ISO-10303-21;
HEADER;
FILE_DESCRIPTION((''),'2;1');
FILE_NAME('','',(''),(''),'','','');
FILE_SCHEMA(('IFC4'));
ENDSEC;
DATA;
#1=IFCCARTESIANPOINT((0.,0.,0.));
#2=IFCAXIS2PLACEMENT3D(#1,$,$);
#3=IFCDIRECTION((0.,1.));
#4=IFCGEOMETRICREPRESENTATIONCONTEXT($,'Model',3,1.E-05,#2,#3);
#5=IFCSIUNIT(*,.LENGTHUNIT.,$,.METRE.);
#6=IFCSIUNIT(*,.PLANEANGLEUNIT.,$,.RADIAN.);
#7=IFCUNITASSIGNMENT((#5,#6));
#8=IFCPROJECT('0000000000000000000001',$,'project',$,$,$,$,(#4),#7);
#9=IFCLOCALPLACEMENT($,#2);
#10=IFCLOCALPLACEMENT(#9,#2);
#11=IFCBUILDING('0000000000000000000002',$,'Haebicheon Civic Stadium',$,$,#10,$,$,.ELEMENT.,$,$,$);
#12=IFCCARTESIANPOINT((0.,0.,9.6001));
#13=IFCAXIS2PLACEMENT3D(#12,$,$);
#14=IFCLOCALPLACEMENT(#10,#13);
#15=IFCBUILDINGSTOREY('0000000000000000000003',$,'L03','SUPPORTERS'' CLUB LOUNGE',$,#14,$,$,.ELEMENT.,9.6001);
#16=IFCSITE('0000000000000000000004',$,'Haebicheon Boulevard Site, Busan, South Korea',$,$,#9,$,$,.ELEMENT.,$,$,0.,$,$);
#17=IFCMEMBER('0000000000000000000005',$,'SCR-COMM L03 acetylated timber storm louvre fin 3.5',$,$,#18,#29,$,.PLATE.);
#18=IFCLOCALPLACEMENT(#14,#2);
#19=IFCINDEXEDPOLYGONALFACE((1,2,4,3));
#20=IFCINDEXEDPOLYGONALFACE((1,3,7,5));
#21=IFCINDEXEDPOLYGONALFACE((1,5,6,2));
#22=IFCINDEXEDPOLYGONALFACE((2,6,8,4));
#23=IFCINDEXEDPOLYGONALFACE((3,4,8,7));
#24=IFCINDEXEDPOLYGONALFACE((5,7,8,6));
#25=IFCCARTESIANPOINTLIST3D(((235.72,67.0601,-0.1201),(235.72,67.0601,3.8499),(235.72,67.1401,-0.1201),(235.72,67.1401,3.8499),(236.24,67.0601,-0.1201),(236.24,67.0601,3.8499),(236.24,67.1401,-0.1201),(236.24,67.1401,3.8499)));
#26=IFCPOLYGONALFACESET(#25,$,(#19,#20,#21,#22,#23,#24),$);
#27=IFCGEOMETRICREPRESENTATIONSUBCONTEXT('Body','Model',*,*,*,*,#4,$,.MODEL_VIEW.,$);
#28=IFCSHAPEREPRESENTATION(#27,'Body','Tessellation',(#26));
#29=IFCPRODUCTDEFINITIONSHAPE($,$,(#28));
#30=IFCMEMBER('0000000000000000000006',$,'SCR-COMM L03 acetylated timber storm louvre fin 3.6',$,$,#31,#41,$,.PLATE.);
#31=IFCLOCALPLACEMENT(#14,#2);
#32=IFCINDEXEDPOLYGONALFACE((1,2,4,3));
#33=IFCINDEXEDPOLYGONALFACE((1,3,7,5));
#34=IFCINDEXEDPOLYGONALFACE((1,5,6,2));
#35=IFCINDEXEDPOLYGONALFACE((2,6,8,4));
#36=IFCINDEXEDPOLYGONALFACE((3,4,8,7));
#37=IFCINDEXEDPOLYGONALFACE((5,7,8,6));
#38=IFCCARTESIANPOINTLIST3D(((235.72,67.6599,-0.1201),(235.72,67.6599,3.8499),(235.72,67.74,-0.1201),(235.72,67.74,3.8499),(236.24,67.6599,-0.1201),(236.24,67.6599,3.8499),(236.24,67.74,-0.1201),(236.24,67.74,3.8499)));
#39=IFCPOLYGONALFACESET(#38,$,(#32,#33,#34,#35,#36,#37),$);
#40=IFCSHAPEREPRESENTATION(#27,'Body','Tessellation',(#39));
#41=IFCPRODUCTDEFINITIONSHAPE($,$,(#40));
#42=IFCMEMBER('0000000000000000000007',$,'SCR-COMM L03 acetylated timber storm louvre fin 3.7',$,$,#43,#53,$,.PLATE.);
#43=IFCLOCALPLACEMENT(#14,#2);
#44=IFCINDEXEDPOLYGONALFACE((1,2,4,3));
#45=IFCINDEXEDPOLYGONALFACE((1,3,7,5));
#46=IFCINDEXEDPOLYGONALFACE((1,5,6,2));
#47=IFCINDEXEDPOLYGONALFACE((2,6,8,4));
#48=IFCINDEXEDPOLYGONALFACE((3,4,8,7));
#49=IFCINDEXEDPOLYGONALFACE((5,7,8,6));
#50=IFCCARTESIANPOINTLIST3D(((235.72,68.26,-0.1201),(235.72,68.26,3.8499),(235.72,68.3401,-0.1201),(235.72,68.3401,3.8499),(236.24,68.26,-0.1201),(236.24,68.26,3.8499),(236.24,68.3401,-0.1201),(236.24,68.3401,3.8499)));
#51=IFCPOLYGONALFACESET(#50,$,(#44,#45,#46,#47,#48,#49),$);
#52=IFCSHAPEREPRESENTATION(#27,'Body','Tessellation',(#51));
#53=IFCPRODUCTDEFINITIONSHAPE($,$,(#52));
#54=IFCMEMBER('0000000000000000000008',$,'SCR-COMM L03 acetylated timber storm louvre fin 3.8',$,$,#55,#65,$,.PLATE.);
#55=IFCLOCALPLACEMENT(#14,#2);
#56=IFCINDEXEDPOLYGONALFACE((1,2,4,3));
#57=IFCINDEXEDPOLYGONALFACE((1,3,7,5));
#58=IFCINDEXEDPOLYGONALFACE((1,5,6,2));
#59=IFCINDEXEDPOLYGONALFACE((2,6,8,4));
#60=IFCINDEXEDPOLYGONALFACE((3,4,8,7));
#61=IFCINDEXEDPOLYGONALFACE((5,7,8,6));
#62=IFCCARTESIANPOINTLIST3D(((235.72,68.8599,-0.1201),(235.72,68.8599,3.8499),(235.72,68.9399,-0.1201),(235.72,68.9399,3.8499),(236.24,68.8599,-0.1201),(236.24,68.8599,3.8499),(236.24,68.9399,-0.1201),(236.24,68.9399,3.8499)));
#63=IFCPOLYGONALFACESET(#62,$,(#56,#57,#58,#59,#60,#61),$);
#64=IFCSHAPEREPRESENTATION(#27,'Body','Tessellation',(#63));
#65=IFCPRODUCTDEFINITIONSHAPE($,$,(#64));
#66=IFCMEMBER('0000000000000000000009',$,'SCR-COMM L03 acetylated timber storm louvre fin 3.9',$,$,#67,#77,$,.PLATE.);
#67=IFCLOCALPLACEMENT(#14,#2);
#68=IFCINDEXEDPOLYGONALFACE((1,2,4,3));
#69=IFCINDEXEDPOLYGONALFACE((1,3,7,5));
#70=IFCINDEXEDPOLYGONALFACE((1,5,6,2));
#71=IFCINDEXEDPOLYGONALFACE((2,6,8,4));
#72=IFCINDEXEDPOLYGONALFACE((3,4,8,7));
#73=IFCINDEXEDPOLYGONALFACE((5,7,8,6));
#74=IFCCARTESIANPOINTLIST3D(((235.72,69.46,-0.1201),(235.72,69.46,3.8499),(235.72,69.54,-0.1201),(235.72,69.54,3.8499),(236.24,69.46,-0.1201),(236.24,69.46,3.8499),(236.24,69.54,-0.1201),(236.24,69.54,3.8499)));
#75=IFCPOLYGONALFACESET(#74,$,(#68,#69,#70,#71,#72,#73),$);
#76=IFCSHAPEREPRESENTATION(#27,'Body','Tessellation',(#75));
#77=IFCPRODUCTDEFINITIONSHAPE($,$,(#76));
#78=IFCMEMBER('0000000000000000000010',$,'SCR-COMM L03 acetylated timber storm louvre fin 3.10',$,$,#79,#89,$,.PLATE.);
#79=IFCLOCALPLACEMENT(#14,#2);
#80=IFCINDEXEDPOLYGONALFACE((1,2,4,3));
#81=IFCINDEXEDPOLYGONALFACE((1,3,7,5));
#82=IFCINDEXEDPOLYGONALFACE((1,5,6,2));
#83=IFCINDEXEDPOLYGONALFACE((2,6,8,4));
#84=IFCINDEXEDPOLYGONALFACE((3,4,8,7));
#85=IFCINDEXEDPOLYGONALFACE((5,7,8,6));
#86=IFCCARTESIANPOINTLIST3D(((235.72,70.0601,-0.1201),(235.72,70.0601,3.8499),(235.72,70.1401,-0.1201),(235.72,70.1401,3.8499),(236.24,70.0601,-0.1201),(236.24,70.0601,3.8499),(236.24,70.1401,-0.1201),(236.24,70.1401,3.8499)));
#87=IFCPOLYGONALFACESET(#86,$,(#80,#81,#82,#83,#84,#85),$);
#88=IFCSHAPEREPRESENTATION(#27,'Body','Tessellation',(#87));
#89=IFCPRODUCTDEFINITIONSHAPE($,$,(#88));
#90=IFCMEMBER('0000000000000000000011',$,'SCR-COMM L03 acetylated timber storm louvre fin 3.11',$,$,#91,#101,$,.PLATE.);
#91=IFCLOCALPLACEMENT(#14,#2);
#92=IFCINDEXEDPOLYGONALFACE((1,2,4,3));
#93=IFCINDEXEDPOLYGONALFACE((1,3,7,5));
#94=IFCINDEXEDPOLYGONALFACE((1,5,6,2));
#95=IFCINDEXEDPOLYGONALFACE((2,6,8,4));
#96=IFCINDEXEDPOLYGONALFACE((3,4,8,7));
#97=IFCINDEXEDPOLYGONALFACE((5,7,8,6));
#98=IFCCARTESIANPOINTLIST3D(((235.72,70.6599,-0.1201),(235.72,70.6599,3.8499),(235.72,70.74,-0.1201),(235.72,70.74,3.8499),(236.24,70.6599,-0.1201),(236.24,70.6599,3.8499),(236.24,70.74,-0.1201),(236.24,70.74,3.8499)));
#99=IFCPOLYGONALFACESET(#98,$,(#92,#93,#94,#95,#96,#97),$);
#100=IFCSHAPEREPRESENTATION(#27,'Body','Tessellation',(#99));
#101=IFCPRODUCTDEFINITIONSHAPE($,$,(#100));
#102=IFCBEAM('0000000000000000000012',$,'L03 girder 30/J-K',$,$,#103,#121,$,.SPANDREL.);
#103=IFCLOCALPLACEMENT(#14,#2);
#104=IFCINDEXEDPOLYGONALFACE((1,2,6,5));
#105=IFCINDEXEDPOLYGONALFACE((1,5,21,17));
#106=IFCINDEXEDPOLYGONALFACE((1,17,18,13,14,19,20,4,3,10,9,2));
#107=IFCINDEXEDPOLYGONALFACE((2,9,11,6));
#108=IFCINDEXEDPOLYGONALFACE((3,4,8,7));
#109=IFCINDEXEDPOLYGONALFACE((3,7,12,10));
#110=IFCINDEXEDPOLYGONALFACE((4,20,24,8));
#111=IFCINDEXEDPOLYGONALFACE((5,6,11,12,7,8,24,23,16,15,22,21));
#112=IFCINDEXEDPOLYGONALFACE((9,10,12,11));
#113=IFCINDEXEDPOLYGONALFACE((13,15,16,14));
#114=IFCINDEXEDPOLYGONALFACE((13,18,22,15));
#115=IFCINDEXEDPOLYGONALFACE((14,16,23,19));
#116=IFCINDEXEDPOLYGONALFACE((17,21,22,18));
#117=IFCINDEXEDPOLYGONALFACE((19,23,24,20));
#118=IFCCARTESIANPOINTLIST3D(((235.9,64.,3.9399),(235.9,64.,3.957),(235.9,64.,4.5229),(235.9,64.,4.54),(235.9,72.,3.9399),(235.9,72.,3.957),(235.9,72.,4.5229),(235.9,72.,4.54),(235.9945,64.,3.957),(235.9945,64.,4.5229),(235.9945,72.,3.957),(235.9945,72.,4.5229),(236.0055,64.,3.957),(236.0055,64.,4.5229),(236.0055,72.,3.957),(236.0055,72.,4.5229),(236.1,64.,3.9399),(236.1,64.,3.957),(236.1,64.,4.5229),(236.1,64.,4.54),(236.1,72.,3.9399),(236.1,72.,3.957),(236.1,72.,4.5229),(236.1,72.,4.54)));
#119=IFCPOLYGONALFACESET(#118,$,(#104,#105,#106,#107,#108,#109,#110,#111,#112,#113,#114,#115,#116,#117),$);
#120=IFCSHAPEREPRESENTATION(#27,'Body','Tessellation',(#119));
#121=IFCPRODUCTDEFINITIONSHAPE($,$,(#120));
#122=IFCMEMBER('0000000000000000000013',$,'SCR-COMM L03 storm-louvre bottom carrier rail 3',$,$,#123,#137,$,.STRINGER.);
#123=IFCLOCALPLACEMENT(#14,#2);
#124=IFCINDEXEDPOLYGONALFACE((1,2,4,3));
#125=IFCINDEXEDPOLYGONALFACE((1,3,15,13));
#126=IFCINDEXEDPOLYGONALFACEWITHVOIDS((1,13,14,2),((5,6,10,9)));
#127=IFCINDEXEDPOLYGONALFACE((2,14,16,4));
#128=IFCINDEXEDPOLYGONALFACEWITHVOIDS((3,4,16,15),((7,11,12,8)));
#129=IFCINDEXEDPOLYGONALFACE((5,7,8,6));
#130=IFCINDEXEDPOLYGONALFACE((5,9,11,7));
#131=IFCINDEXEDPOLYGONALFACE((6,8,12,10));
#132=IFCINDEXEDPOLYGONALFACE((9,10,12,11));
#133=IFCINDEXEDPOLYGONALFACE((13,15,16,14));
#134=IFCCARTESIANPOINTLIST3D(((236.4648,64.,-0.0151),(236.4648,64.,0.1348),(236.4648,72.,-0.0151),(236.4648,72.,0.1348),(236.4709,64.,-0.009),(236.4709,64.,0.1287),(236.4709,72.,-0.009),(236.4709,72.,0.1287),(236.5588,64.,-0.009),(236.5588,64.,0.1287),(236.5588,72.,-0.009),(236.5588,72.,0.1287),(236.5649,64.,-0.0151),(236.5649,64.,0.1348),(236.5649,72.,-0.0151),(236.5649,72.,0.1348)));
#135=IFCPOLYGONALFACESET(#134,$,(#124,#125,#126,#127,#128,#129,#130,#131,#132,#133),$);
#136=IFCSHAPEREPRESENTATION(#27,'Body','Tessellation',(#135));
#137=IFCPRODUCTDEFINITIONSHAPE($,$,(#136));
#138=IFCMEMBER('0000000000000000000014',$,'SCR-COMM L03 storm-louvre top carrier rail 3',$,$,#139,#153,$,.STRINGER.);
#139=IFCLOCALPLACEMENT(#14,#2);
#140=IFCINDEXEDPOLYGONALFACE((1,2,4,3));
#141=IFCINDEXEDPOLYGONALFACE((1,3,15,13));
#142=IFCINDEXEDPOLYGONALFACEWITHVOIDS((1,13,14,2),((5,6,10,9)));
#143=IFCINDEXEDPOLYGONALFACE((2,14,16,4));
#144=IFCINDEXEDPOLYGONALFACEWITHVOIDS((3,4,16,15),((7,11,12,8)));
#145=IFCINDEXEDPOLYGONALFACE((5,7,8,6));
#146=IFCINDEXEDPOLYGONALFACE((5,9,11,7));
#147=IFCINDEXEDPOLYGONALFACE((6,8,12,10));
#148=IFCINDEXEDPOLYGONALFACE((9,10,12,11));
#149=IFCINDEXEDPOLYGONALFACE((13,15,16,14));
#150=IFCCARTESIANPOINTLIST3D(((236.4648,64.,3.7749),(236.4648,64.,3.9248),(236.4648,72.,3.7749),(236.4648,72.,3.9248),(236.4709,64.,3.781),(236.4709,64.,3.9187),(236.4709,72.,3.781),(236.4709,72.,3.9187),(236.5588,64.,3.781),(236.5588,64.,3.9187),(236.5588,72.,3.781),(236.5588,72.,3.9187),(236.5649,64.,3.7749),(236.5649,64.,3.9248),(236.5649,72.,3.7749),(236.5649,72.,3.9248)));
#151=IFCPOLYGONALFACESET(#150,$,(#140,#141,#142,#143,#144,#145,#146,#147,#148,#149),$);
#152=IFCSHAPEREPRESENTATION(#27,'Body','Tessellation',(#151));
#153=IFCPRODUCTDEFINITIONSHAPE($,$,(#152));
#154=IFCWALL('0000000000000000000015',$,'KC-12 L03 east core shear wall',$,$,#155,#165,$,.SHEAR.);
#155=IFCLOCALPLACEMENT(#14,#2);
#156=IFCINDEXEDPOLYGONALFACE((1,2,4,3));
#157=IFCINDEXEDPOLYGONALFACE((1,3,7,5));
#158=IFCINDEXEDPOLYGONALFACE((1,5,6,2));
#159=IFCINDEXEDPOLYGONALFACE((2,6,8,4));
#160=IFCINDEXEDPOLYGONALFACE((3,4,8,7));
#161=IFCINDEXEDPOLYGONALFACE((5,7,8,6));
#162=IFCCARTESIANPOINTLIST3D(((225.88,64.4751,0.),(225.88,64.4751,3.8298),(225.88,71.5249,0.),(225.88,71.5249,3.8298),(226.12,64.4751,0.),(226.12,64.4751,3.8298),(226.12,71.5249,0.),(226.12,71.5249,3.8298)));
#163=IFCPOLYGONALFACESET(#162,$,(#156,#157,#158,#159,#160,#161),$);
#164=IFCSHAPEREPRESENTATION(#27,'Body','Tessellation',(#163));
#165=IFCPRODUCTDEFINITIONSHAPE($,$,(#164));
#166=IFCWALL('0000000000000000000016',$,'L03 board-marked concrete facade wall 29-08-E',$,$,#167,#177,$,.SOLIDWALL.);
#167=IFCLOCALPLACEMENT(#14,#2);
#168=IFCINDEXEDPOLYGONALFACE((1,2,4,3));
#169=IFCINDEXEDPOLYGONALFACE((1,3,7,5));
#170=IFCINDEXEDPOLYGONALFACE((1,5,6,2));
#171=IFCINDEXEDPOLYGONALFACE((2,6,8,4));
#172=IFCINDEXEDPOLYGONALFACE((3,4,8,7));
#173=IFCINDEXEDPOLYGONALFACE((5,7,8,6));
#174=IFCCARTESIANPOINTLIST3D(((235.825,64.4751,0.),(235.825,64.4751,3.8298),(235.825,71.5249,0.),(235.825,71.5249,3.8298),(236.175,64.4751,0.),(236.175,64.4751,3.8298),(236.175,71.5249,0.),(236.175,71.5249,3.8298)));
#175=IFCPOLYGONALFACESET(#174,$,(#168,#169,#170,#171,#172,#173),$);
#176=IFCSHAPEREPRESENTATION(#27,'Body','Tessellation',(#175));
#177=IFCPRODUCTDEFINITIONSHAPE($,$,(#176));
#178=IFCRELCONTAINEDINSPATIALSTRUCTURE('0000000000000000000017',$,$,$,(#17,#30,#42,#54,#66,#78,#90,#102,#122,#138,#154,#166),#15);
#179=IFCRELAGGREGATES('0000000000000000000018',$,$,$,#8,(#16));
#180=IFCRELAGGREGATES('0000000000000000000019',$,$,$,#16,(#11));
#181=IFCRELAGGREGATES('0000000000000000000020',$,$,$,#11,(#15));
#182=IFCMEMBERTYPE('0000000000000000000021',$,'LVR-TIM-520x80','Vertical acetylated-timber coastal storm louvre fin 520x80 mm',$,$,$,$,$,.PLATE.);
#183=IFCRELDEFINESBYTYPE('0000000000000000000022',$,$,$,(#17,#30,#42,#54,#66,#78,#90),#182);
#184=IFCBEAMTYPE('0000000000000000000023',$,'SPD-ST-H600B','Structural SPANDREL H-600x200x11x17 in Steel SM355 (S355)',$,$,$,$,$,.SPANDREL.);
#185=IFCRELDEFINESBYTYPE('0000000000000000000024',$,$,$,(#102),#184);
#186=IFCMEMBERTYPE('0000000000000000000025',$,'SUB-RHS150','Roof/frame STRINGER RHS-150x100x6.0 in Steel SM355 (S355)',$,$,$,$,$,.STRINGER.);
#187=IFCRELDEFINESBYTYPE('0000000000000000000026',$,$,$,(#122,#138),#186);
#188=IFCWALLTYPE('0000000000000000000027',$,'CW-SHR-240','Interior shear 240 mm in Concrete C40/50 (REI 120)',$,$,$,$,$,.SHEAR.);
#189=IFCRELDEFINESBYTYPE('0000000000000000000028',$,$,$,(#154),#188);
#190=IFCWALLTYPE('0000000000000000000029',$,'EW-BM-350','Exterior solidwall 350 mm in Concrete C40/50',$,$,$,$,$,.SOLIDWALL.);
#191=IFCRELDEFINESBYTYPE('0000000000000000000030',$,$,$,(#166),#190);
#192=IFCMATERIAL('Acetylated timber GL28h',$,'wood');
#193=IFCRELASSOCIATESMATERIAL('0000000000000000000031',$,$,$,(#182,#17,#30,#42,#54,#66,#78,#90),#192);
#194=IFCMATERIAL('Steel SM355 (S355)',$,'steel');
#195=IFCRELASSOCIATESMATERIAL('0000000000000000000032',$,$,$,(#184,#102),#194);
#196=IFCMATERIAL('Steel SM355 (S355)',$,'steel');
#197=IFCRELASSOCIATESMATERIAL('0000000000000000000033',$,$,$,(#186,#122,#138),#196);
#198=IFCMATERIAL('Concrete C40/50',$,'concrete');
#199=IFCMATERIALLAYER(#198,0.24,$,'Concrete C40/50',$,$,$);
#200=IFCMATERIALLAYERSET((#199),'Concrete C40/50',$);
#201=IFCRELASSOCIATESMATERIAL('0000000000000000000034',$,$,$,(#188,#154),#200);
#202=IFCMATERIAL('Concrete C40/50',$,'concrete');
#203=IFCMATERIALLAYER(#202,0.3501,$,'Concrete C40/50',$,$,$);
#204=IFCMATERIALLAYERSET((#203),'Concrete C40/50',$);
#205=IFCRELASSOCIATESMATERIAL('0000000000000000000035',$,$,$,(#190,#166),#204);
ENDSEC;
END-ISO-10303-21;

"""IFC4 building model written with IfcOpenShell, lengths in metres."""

from ifc_helpers import new_model, si_unit, direction, frame, frame_2d, origin, origin_2d, place, context, subcontext, project, spatial, rectangle, hollow_rectangle, i_section, extrude, material, layer, layer_set, material_profile, profile_set, type_object, element, save


model = new_model("IFC4")

# Units and contexts
model_context = context("Model", 3, precision=1e-05, world=origin(), true_north=direction((0.0, 1.0)))
body_context = subcontext(model_context, "Body", "Model", "MODEL_VIEW")
ifc_project = project(units=[si_unit("LENGTHUNIT", "METRE"), si_unit("PLANEANGLEUNIT", "RADIAN")], contexts=[model_context])

# Site, building, storey
site_placement = place(None, origin())
site = spatial("IfcSite", under=ifc_project, at=site_placement, Name="Haebicheon Boulevard Site, Busan, South Korea", CompositionType="ELEMENT", RefElevation=0.0)
building_placement = place(site_placement, origin())
building = spatial("IfcBuilding", under=site, at=building_placement, Name="Haebicheon Civic Stadium", CompositionType="ELEMENT")
storey_placement = place(building_placement, frame((0.0, 0.0, 9.6001)))
storey = spatial("IfcBuildingStorey", under=building, at=storey_placement, Name="L03", Description="SUPPORTERS' CLUB LOUNGE", CompositionType="ELEMENT", Elevation=9.6001)

# Members
ifc_material_1 = material(Name="Acetylated timber GL28h", Category="wood")
ifc_material_profile_1 = material_profile(ifc_material_1, rectangle(XDim=0.0801, YDim=0.52, at=origin_2d()), Name="TMB-LOUV-80x520")
ifc_profile_set_1 = profile_set([ifc_material_profile_1], Name="Acetylated timber GL28h")
member_type_1 = type_object("IfcMemberType", Name="LVR-TIM-520x80", Description="Vertical acetylated-timber coastal storm louvre fin 520x80 mm", PredefinedType="PLATE", material=ifc_profile_set_1)
for number, where, z_axis, x_axis, name in (
    (1, (235.98, 67.1001, -0.1201), (0.0, 0.0, 1.0), (0.0, 1.0, 0.0), "SCR-COMM L03 acetylated timber storm louvre fin 3.5"),
    (2, (235.98, 67.7, -0.1201), (0.0, 0.0, 1.0), (0.0, 1.0, 0.0), "SCR-COMM L03 acetylated timber storm louvre fin 3.6"),
    (3, (235.98, 68.3, -0.1201), (0.0, 0.0, 1.0), (0.0, 1.0, 0.0), "SCR-COMM L03 acetylated timber storm louvre fin 3.7"),
    (4, (235.98, 68.8999, -0.1201), (0.0, 0.0, 1.0), (0.0, 1.0, 0.0), "SCR-COMM L03 acetylated timber storm louvre fin 3.8"),
    (5, (235.98, 69.5, -0.1201), (0.0, 0.0, 1.0), (0.0, 1.0, 0.0), "SCR-COMM L03 acetylated timber storm louvre fin 3.9"),
    (6, (235.98, 70.1001, -0.1201), (0.0, 0.0, 1.0), (0.0, 1.0, 0.0), "SCR-COMM L03 acetylated timber storm louvre fin 3.10"),
    (7, (235.98, 70.7, -0.1201), (0.0, 0.0, 1.0), (0.0, 1.0, 0.0), "SCR-COMM L03 acetylated timber storm louvre fin 3.11"),
):
    element("IfcMember", number, at=place(storey_placement, frame(where, z_axis=z_axis, x_axis=x_axis)), inside=storey, type_object=member_type_1, material=ifc_profile_set_1, Name=name, PredefinedType="PLATE", context=body_context, shape_type="SweptSolid", body=[
        extrude(rectangle(XDim=0.0801, YDim=0.52, at=origin_2d()), origin(), (0.0, 0.0, 1.0), 3.97),
    ])

# Beam
ifc_material_2 = material(Name="Steel SM355 (S355)", Category="steel")
ifc_material_profile_2 = material_profile(ifc_material_2, i_section(OverallWidth=0.2, OverallDepth=0.6001, WebThickness=0.011, FlangeThickness=0.0171, at=origin_2d()), Name="H-600x200x11x17")
ifc_profile_set_2 = profile_set([ifc_material_profile_2], Name="Steel SM355 (S355)")
beam_type_1 = type_object("IfcBeamType", Name="SPD-ST-H600B", Description="Structural SPANDREL H-600x200x11x17 in Steel SM355 (S355)", PredefinedType="SPANDREL", material=ifc_profile_set_2)
beam_placement = place(storey_placement, frame((236.0, 64.0, 4.24), z_axis=(0.0, 1.0, 0.0), x_axis=(-1.0, 0.0, 0.0)))
element("IfcBeam", 8, at=beam_placement, inside=storey, type_object=beam_type_1, material=ifc_profile_set_2, Name="L03 girder 30/J-K", PredefinedType="SPANDREL", context=body_context, shape_type="SweptSolid", body=[
    extrude(i_section(OverallWidth=0.2, OverallDepth=0.6001, WebThickness=0.011, FlangeThickness=0.0171, at=origin_2d()), origin(), (0.0, 0.0, 1.0), 8.0),
])

# Members
ifc_material_3 = material(Name="Steel SM355 (S355)", Category="steel")
ifc_material_profile_3 = material_profile(ifc_material_3, hollow_rectangle(XDim=0.1001, YDim=0.1499, WallThickness=0.0061, at=origin_2d()), Name="RHS-150x100x6.0")
ifc_profile_set_3 = profile_set([ifc_material_profile_3], Name="Steel SM355 (S355)")
member_type_2 = type_object("IfcMemberType", Name="SUB-RHS150", Description="Roof/frame STRINGER RHS-150x100x6.0 in Steel SM355 (S355)", PredefinedType="STRINGER", material=ifc_profile_set_3)
for number, where, z_axis, x_axis, name in (
    (9, (236.5149, 64.0, 0.0598), (0.0, 1.0, 0.0), (-1.0, 0.0, 0.0), "SCR-COMM L03 storm-louvre bottom carrier rail 3"),
    (10, (236.5149, 64.0, 3.8499), (0.0, 1.0, 0.0), (-1.0, 0.0, 0.0), "SCR-COMM L03 storm-louvre top carrier rail 3"),
):
    element("IfcMember", number, at=place(storey_placement, frame(where, z_axis=z_axis, x_axis=x_axis)), inside=storey, type_object=member_type_2, material=ifc_profile_set_3, Name=name, PredefinedType="STRINGER", context=body_context, shape_type="SweptSolid", body=[
        extrude(hollow_rectangle(XDim=0.1001, YDim=0.1499, WallThickness=0.0061, at=origin_2d()), origin(), (0.0, 0.0, 1.0), 8.0),
    ])

# Walls
ifc_material_4 = material(Name="Concrete C40/50", Category="concrete")
ifc_layer_1 = layer(ifc_material_4, 0.24, Name="Concrete C40/50")
ifc_layer_set_1 = layer_set([ifc_layer_1], Name="Concrete C40/50")
wall_type_1 = type_object("IfcWallType", Name="CW-SHR-240", Description="Interior shear 240 mm in Concrete C40/50 (REI 120)", PredefinedType="SHEAR", material=ifc_layer_set_1)
wall_1_placement = place(storey_placement, frame((226.0, 64.4751, 0.0), z_axis=(0.0, 0.0, 1.0), x_axis=(0.0, 1.0, 0.0)))
element("IfcWall", 11, at=wall_1_placement, inside=storey, type_object=wall_type_1, material=ifc_layer_set_1, Name="KC-12 L03 east core shear wall", PredefinedType="SHEAR", context=body_context, shape_type="SweptSolid", body=[
    extrude(rectangle(XDim=7.0498, YDim=0.24, at=frame_2d((3.5249, 0.0))), origin(), (0.0, 0.0, 1.0), 3.8298),
])
ifc_material_5 = material(Name="Concrete C40/50", Category="concrete")
ifc_layer_2 = layer(ifc_material_5, 0.3501, Name="Concrete C40/50")
ifc_layer_set_2 = layer_set([ifc_layer_2], Name="Concrete C40/50")
wall_type_2 = type_object("IfcWallType", Name="EW-BM-350", Description="Exterior solidwall 350 mm in Concrete C40/50", PredefinedType="SOLIDWALL", material=ifc_layer_set_2)
wall_2_placement = place(storey_placement, frame((236.0, 64.4751, 0.0), z_axis=(0.0, 0.0, 1.0), x_axis=(0.0, 1.0, 0.0)))
element("IfcWall", 12, at=wall_2_placement, inside=storey, type_object=wall_type_2, material=ifc_layer_set_2, Name="L03 board-marked concrete facade wall 29-08-E", PredefinedType="SOLIDWALL", context=body_context, shape_type="SweptSolid", body=[
    extrude(rectangle(XDim=7.0498, YDim=0.3501, at=frame_2d((3.5249, 0.0))), origin(), (0.0, 0.0, 1.0), 3.8298),
])

save(model, "model.ifc")
